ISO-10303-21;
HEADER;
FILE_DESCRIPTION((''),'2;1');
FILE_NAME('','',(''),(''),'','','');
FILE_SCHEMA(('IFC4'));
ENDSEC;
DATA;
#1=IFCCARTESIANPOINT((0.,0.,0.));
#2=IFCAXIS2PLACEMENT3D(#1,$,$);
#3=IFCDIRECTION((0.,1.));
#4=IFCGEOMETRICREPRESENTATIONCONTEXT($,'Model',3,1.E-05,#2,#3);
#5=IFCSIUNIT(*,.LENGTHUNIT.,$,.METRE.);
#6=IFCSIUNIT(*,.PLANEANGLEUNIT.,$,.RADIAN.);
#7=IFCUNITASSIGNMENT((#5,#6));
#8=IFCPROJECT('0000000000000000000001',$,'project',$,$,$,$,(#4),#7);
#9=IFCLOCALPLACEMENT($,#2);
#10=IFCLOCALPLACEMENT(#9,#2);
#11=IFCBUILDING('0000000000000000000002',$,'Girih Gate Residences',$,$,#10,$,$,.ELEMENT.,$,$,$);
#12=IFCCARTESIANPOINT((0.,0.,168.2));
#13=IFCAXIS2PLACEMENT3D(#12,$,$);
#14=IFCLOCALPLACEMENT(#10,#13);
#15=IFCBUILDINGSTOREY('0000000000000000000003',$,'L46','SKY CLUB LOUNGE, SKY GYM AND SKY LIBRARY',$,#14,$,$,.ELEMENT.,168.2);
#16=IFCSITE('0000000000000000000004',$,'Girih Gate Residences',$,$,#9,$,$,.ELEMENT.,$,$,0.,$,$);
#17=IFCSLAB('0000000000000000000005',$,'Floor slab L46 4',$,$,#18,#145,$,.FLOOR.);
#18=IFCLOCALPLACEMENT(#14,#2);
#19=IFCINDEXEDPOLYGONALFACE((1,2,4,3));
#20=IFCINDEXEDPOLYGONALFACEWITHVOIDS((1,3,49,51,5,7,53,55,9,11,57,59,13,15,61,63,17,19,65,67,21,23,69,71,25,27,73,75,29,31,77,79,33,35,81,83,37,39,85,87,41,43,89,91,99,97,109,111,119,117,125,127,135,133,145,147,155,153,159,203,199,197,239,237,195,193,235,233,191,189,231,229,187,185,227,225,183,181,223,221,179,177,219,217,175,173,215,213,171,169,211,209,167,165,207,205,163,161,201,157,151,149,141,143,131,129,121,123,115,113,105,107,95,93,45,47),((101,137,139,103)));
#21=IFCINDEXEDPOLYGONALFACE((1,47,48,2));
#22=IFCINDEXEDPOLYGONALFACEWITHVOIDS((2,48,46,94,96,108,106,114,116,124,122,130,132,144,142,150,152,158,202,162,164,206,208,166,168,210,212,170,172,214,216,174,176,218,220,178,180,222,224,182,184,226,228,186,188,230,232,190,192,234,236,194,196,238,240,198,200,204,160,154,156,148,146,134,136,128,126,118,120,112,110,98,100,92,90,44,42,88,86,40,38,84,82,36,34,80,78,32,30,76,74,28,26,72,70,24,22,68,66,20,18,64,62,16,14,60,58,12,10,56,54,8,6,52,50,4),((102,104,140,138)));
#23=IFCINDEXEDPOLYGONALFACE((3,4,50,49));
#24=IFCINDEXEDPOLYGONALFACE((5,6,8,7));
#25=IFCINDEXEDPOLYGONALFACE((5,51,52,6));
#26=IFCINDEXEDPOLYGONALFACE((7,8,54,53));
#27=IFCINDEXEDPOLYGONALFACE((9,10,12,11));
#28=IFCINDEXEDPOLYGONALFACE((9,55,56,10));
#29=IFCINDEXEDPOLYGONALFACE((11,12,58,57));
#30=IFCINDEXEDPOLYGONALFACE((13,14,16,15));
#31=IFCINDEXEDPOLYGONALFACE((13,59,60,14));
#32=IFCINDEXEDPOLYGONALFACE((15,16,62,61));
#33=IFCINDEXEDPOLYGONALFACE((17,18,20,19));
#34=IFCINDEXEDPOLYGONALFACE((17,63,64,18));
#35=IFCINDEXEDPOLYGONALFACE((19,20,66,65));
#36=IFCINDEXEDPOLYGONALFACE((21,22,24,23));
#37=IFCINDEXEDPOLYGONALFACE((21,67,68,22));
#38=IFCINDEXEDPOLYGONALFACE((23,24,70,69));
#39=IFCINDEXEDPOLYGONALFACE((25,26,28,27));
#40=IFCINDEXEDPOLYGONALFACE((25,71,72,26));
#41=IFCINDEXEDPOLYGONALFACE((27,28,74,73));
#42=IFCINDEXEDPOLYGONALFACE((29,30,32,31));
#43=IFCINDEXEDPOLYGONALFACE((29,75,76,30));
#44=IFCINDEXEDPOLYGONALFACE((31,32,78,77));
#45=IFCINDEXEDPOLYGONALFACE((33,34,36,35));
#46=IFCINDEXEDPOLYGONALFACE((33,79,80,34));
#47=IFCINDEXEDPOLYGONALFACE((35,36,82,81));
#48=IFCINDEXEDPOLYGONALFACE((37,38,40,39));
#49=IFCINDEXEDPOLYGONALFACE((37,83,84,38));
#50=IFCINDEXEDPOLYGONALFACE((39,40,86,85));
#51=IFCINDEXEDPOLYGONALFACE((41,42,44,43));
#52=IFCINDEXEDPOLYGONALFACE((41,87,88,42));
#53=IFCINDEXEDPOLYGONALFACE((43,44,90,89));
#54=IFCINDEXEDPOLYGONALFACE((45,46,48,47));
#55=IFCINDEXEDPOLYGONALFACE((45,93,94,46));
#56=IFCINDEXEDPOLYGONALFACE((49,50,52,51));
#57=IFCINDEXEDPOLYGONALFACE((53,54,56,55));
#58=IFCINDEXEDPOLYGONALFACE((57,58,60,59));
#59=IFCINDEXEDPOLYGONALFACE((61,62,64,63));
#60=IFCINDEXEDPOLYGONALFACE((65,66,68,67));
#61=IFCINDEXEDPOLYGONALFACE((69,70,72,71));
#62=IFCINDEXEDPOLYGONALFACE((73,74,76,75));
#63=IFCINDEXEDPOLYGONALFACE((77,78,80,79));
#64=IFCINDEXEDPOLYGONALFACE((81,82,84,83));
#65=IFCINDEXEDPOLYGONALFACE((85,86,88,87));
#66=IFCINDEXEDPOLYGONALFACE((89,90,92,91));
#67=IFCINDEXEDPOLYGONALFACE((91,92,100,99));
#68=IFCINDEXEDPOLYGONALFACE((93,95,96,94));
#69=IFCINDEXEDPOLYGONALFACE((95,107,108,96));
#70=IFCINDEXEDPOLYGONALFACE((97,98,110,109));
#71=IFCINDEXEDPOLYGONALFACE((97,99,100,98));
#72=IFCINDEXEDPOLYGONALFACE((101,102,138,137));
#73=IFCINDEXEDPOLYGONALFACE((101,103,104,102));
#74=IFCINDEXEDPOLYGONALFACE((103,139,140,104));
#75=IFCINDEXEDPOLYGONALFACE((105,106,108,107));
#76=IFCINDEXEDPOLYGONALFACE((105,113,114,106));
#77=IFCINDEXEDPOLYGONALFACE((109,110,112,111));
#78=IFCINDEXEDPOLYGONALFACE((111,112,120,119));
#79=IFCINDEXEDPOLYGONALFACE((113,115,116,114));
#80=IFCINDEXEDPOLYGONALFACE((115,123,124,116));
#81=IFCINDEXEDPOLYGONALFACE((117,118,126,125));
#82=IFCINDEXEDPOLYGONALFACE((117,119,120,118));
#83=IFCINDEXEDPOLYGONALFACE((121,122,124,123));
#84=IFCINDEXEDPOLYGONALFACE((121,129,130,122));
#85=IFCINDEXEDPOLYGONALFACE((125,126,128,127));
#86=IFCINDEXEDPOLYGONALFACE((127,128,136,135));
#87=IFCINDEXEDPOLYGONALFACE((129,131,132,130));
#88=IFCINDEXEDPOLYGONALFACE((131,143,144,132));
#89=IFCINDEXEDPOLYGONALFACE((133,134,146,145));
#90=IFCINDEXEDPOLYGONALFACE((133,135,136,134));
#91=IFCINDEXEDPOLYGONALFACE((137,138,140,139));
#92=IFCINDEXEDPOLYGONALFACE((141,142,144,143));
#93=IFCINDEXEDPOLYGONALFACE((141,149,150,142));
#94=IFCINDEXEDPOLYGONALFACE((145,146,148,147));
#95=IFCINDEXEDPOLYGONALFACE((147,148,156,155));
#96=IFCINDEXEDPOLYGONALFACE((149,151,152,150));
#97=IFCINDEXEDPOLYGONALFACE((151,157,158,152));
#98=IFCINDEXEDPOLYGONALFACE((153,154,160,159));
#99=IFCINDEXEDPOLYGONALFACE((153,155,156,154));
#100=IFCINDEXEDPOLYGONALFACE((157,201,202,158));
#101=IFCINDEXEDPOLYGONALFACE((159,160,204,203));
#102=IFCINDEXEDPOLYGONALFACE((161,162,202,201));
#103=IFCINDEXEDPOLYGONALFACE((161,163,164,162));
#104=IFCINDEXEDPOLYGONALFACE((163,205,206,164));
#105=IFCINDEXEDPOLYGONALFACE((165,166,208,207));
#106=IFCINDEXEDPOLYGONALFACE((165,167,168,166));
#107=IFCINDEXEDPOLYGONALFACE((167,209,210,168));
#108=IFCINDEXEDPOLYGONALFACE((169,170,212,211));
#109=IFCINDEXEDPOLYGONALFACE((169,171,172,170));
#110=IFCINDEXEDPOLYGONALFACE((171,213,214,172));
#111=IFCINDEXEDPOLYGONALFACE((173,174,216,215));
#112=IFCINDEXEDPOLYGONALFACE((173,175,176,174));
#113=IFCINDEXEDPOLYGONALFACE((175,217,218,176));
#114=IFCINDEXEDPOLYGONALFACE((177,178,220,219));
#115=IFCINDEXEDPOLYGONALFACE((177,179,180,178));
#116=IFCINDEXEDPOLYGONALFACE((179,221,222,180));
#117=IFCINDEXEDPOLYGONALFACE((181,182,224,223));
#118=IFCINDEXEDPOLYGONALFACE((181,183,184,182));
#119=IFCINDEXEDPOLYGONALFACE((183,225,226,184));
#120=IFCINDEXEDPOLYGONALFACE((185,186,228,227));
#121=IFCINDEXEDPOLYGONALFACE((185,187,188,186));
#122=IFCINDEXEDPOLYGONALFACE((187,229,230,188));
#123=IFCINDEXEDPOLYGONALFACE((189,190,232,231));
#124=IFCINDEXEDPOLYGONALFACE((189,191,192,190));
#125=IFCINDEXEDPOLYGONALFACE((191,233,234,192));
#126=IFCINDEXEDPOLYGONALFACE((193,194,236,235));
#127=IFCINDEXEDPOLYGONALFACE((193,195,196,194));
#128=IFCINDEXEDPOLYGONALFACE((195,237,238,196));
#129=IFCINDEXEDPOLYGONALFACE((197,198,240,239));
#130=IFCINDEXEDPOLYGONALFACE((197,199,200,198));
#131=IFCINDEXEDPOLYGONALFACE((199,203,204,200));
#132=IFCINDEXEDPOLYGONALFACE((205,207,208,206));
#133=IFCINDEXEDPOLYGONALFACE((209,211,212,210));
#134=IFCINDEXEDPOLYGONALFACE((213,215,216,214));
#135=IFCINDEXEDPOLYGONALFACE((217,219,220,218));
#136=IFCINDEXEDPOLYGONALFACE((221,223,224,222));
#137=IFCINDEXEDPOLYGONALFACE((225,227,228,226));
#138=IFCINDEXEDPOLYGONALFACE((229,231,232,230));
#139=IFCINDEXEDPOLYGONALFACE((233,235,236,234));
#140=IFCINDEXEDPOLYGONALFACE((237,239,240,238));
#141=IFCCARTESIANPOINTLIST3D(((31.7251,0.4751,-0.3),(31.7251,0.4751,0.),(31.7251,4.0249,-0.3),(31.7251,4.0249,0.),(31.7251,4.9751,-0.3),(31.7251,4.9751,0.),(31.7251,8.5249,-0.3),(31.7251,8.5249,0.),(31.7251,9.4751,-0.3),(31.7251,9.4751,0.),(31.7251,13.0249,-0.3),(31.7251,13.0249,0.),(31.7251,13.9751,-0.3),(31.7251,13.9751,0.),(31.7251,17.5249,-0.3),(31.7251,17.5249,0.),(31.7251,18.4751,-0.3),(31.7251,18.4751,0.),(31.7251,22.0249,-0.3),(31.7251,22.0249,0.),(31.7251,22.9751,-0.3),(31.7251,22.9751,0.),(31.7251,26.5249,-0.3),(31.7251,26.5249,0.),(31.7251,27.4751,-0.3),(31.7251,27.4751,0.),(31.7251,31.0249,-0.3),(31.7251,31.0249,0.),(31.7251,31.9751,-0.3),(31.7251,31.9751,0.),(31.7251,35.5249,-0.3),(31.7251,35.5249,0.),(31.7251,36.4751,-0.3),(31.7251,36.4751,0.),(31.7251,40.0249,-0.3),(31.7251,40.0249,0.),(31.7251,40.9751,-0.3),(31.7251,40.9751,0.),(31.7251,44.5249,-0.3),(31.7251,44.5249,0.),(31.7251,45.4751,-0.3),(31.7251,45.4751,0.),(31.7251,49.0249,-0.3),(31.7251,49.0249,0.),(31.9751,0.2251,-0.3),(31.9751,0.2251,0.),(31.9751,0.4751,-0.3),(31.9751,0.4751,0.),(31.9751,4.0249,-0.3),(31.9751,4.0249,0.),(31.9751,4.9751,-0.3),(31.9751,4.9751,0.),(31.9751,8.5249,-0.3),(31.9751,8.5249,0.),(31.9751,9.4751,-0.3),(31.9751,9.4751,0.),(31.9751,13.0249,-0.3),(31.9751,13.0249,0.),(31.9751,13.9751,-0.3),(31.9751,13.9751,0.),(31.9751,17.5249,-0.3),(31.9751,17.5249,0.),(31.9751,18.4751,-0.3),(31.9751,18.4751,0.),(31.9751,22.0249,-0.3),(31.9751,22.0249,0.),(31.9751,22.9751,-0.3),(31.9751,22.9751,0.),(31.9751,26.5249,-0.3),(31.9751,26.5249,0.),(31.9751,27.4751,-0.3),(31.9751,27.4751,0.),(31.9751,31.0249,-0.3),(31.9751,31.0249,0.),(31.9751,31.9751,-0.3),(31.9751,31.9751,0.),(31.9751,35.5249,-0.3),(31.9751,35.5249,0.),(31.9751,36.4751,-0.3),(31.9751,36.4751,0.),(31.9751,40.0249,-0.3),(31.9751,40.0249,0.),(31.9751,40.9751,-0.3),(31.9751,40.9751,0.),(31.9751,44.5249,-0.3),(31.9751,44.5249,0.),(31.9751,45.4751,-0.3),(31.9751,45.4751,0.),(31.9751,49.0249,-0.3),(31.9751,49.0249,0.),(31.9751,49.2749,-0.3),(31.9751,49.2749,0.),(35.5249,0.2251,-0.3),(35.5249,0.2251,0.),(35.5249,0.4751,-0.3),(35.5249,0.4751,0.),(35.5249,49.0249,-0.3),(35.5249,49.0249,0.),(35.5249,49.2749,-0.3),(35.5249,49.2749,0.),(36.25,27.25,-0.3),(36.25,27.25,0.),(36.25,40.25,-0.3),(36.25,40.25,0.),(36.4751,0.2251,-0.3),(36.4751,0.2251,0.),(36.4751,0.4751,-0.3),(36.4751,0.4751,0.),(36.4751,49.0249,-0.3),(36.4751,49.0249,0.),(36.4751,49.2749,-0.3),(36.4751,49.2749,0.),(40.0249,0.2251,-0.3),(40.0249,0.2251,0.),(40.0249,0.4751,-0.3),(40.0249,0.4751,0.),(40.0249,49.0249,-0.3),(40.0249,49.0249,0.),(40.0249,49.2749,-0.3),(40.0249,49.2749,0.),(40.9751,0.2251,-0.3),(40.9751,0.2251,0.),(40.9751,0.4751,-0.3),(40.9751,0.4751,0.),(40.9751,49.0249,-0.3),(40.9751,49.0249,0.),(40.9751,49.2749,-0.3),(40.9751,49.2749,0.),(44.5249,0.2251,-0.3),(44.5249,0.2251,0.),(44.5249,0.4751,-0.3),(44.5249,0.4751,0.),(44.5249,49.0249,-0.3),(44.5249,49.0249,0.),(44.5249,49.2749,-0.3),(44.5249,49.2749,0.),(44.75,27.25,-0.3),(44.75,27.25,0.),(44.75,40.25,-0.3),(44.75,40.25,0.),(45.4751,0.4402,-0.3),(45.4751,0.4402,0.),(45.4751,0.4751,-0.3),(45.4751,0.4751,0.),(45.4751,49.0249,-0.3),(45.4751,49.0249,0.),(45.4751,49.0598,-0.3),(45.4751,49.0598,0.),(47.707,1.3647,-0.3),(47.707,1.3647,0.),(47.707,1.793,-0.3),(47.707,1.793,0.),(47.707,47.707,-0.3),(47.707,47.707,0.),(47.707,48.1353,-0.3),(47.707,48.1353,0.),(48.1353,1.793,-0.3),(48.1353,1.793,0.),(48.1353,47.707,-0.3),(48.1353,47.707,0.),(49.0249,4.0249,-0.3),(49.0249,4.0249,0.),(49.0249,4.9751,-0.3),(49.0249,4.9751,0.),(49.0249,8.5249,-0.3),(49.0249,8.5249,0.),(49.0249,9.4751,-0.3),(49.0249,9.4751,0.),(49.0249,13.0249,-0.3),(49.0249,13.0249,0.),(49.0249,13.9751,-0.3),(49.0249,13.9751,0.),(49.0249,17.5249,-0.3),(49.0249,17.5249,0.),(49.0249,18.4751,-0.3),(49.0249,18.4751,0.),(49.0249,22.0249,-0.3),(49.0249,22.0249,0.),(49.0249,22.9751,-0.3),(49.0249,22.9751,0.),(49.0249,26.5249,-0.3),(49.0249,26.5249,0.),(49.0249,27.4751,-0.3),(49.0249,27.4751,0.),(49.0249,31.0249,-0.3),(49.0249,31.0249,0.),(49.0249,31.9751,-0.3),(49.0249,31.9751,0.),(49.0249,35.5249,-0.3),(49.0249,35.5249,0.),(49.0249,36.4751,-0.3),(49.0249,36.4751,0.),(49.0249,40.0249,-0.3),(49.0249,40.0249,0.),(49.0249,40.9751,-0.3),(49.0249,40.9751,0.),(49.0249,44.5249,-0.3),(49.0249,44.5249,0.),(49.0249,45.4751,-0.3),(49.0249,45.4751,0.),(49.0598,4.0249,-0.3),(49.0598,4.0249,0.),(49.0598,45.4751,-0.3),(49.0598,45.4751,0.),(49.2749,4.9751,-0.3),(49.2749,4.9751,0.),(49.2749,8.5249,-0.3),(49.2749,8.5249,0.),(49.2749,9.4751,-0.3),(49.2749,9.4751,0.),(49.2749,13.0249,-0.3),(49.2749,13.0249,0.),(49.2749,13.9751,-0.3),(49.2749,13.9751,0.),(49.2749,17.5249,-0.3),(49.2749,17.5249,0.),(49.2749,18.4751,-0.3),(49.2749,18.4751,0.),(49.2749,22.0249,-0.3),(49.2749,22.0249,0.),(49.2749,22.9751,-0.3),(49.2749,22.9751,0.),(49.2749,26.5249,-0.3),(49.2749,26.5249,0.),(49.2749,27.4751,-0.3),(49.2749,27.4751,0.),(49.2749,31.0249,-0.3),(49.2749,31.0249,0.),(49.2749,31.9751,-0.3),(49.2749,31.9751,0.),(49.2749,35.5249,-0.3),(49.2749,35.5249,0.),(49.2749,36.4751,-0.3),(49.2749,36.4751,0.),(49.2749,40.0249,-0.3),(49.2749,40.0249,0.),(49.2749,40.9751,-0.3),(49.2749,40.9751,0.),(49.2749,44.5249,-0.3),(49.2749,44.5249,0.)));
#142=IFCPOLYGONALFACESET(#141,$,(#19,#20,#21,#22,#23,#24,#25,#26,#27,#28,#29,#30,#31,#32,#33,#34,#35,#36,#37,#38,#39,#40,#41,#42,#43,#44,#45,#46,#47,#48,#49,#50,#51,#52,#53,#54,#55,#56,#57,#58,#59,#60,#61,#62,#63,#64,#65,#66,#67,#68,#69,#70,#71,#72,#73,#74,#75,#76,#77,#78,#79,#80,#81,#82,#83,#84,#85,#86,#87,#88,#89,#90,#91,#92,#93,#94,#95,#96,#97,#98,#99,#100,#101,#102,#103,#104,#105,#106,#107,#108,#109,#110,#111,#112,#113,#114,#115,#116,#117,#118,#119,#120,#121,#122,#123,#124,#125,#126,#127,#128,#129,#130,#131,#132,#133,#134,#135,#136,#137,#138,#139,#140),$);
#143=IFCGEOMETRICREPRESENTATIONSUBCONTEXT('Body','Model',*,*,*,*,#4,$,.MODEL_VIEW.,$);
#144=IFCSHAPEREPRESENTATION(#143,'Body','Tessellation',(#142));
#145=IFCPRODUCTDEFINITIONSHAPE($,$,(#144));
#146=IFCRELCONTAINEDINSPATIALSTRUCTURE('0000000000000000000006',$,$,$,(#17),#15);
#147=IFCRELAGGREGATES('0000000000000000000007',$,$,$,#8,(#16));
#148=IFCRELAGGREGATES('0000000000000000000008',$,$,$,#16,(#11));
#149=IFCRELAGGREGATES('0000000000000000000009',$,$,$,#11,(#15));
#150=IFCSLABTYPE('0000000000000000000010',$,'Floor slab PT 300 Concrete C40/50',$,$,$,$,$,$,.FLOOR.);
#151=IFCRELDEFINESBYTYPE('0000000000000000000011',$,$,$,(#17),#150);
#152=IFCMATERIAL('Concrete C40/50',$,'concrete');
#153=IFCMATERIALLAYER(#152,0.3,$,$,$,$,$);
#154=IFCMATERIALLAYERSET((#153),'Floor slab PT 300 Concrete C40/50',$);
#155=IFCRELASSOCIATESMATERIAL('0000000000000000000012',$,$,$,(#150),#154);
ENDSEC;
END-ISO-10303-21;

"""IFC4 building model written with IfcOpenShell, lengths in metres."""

from ifc_helpers import new_model, si_unit, direction, frame, origin, place, context, subcontext, project, spatial, polyline, outline, extrude, material, layer, layer_set, type_object, element, save


model = new_model("IFC4")

# Units and contexts
model_context = context("Model", 3, precision=1e-05, world=origin(), true_north=direction((0.0, 1.0)))
body_context = subcontext(model_context, "Body", "Model", "MODEL_VIEW")
ifc_project = project(units=[si_unit("LENGTHUNIT", "METRE"), si_unit("PLANEANGLEUNIT", "RADIAN")], contexts=[model_context])

# Site, building, storey
site_placement = place(None, origin())
site = spatial("IfcSite", under=ifc_project, at=site_placement, Name="Girih Gate Residences", CompositionType="ELEMENT", RefElevation=0.0)
building_placement = place(site_placement, origin())
building = spatial("IfcBuilding", under=site, at=building_placement, Name="Girih Gate Residences", CompositionType="ELEMENT")
storey_placement = place(building_placement, frame((0.0, 0.0, 168.2)))
storey = spatial("IfcBuildingStorey", under=building, at=storey_placement, Name="L46", Description="SKY CLUB LOUNGE, SKY GYM AND SKY LIBRARY", CompositionType="ELEMENT", Elevation=168.2)

# Slab
ifc_material_1 = material(Name="Concrete C40/50", Category="concrete")
ifc_layer_1 = layer(ifc_material_1, 0.3)
ifc_layer_set_1 = layer_set([ifc_layer_1], Name="Floor slab PT 300 Concrete C40/50")
slab_type_1 = type_object("IfcSlabType", Name="Floor slab PT 300 Concrete C40/50", PredefinedType="FLOOR", material=ifc_layer_set_1)
slab_1_placement = place(storey_placement, frame((0.0, 0.0, -0.3)))
element("IfcSlab", 1, at=slab_1_placement, inside=storey, type_object=slab_type_1, Name="Floor slab L46 4", PredefinedType="FLOOR", context=body_context, shape_type="SweptSolid", body=[
    extrude(outline(polyline([(35.5249, 49.2749), (31.9751, 49.2749), (31.9751, 49.0249), (31.7251, 49.0249), (31.7251, 45.4751), (31.9751, 45.4751), (31.9751, 44.5249), (31.7251, 44.5249), (31.7251, 40.9751), (31.9751, 40.9751), (31.9751, 40.0249), (31.7251, 40.0249), (31.7251, 36.4751), (31.9751, 36.4751), (31.9751, 35.5249), (31.7251, 35.5249), (31.7251, 31.9751), (31.9751, 31.9751), (31.9751, 31.0249), (31.7251, 31.0249), (31.7251, 27.4751), (31.9751, 27.4751), (31.9751, 26.5249), (31.7251, 26.5249), (31.7251, 22.9751), (31.9751, 22.9751), (31.9751, 22.0249), (31.7251, 22.0249), (31.7251, 18.4751), (31.9751, 18.4751), (31.9751, 17.5249), (31.7251, 17.5249), (31.7251, 13.9751), (31.9751, 13.9751), (31.9751, 13.0249), (31.7251, 13.0249), (31.7251, 9.4751), (31.9751, 9.4751), (31.9751, 8.5249), (31.7251, 8.5249), (31.7251, 4.9751), (31.9751, 4.9751), (31.9751, 4.0249), (31.7251, 4.0249), (31.7251, 0.4751), (31.9751, 0.4751), (31.9751, 0.2251), (35.5249, 0.2251), (35.5249, 0.4751), (36.4751, 0.4751), (36.4751, 0.2251), (40.0249, 0.2251), (40.0249, 0.4751), (40.9751, 0.4751), (40.9751, 0.2251), (44.5249, 0.2251), (44.5249, 0.4751), (45.4751, 0.4751), (45.4751, 0.4402), (47.707, 1.3647), (47.707, 1.793), (48.1353, 1.793), (49.0598, 4.0249), (49.0249, 4.0249), (49.0249, 4.9751), (49.2749, 4.9751), (49.2749, 8.5249), (49.0249, 8.5249), (49.0249, 9.4751), (49.2749, 9.4751), (49.2749, 13.0249), (49.0249, 13.0249), (49.0249, 13.9751), (49.2749, 13.9751), (49.2749, 17.5249), (49.0249, 17.5249), (49.0249, 18.4751), (49.2749, 18.4751), (49.2749, 22.0249), (49.0249, 22.0249), (49.0249, 22.9751), (49.2749, 22.9751), (49.2749, 26.5249), (49.0249, 26.5249), (49.0249, 27.4751), (49.2749, 27.4751), (49.2749, 31.0249), (49.0249, 31.0249), (49.0249, 31.9751), (49.2749, 31.9751), (49.2749, 35.5249), (49.0249, 35.5249), (49.0249, 36.4751), (49.2749, 36.4751), (49.2749, 40.0249), (49.0249, 40.0249), (49.0249, 40.9751), (49.2749, 40.9751), (49.2749, 44.5249), (49.0249, 44.5249), (49.0249, 45.4751), (49.0598, 45.4751), (48.1353, 47.707), (47.707, 47.707), (47.707, 48.1353), (45.4751, 49.0598), (45.4751, 49.0249), (44.5249, 49.0249), (44.5249, 49.2749), (40.9751, 49.2749), (40.9751, 49.0249), (40.0249, 49.0249), (40.0249, 49.2749), (36.4751, 49.2749), (36.4751, 49.0249), (35.5249, 49.0249), (35.5249, 49.2749)]), holes=[polyline([(44.75, 40.25), (44.75, 27.25), (36.25, 27.25), (36.25, 40.25), (44.75, 40.25)])]), origin(), (0.0, 0.0, 1.0), 0.3),
])

save(model, "model.ifc")
